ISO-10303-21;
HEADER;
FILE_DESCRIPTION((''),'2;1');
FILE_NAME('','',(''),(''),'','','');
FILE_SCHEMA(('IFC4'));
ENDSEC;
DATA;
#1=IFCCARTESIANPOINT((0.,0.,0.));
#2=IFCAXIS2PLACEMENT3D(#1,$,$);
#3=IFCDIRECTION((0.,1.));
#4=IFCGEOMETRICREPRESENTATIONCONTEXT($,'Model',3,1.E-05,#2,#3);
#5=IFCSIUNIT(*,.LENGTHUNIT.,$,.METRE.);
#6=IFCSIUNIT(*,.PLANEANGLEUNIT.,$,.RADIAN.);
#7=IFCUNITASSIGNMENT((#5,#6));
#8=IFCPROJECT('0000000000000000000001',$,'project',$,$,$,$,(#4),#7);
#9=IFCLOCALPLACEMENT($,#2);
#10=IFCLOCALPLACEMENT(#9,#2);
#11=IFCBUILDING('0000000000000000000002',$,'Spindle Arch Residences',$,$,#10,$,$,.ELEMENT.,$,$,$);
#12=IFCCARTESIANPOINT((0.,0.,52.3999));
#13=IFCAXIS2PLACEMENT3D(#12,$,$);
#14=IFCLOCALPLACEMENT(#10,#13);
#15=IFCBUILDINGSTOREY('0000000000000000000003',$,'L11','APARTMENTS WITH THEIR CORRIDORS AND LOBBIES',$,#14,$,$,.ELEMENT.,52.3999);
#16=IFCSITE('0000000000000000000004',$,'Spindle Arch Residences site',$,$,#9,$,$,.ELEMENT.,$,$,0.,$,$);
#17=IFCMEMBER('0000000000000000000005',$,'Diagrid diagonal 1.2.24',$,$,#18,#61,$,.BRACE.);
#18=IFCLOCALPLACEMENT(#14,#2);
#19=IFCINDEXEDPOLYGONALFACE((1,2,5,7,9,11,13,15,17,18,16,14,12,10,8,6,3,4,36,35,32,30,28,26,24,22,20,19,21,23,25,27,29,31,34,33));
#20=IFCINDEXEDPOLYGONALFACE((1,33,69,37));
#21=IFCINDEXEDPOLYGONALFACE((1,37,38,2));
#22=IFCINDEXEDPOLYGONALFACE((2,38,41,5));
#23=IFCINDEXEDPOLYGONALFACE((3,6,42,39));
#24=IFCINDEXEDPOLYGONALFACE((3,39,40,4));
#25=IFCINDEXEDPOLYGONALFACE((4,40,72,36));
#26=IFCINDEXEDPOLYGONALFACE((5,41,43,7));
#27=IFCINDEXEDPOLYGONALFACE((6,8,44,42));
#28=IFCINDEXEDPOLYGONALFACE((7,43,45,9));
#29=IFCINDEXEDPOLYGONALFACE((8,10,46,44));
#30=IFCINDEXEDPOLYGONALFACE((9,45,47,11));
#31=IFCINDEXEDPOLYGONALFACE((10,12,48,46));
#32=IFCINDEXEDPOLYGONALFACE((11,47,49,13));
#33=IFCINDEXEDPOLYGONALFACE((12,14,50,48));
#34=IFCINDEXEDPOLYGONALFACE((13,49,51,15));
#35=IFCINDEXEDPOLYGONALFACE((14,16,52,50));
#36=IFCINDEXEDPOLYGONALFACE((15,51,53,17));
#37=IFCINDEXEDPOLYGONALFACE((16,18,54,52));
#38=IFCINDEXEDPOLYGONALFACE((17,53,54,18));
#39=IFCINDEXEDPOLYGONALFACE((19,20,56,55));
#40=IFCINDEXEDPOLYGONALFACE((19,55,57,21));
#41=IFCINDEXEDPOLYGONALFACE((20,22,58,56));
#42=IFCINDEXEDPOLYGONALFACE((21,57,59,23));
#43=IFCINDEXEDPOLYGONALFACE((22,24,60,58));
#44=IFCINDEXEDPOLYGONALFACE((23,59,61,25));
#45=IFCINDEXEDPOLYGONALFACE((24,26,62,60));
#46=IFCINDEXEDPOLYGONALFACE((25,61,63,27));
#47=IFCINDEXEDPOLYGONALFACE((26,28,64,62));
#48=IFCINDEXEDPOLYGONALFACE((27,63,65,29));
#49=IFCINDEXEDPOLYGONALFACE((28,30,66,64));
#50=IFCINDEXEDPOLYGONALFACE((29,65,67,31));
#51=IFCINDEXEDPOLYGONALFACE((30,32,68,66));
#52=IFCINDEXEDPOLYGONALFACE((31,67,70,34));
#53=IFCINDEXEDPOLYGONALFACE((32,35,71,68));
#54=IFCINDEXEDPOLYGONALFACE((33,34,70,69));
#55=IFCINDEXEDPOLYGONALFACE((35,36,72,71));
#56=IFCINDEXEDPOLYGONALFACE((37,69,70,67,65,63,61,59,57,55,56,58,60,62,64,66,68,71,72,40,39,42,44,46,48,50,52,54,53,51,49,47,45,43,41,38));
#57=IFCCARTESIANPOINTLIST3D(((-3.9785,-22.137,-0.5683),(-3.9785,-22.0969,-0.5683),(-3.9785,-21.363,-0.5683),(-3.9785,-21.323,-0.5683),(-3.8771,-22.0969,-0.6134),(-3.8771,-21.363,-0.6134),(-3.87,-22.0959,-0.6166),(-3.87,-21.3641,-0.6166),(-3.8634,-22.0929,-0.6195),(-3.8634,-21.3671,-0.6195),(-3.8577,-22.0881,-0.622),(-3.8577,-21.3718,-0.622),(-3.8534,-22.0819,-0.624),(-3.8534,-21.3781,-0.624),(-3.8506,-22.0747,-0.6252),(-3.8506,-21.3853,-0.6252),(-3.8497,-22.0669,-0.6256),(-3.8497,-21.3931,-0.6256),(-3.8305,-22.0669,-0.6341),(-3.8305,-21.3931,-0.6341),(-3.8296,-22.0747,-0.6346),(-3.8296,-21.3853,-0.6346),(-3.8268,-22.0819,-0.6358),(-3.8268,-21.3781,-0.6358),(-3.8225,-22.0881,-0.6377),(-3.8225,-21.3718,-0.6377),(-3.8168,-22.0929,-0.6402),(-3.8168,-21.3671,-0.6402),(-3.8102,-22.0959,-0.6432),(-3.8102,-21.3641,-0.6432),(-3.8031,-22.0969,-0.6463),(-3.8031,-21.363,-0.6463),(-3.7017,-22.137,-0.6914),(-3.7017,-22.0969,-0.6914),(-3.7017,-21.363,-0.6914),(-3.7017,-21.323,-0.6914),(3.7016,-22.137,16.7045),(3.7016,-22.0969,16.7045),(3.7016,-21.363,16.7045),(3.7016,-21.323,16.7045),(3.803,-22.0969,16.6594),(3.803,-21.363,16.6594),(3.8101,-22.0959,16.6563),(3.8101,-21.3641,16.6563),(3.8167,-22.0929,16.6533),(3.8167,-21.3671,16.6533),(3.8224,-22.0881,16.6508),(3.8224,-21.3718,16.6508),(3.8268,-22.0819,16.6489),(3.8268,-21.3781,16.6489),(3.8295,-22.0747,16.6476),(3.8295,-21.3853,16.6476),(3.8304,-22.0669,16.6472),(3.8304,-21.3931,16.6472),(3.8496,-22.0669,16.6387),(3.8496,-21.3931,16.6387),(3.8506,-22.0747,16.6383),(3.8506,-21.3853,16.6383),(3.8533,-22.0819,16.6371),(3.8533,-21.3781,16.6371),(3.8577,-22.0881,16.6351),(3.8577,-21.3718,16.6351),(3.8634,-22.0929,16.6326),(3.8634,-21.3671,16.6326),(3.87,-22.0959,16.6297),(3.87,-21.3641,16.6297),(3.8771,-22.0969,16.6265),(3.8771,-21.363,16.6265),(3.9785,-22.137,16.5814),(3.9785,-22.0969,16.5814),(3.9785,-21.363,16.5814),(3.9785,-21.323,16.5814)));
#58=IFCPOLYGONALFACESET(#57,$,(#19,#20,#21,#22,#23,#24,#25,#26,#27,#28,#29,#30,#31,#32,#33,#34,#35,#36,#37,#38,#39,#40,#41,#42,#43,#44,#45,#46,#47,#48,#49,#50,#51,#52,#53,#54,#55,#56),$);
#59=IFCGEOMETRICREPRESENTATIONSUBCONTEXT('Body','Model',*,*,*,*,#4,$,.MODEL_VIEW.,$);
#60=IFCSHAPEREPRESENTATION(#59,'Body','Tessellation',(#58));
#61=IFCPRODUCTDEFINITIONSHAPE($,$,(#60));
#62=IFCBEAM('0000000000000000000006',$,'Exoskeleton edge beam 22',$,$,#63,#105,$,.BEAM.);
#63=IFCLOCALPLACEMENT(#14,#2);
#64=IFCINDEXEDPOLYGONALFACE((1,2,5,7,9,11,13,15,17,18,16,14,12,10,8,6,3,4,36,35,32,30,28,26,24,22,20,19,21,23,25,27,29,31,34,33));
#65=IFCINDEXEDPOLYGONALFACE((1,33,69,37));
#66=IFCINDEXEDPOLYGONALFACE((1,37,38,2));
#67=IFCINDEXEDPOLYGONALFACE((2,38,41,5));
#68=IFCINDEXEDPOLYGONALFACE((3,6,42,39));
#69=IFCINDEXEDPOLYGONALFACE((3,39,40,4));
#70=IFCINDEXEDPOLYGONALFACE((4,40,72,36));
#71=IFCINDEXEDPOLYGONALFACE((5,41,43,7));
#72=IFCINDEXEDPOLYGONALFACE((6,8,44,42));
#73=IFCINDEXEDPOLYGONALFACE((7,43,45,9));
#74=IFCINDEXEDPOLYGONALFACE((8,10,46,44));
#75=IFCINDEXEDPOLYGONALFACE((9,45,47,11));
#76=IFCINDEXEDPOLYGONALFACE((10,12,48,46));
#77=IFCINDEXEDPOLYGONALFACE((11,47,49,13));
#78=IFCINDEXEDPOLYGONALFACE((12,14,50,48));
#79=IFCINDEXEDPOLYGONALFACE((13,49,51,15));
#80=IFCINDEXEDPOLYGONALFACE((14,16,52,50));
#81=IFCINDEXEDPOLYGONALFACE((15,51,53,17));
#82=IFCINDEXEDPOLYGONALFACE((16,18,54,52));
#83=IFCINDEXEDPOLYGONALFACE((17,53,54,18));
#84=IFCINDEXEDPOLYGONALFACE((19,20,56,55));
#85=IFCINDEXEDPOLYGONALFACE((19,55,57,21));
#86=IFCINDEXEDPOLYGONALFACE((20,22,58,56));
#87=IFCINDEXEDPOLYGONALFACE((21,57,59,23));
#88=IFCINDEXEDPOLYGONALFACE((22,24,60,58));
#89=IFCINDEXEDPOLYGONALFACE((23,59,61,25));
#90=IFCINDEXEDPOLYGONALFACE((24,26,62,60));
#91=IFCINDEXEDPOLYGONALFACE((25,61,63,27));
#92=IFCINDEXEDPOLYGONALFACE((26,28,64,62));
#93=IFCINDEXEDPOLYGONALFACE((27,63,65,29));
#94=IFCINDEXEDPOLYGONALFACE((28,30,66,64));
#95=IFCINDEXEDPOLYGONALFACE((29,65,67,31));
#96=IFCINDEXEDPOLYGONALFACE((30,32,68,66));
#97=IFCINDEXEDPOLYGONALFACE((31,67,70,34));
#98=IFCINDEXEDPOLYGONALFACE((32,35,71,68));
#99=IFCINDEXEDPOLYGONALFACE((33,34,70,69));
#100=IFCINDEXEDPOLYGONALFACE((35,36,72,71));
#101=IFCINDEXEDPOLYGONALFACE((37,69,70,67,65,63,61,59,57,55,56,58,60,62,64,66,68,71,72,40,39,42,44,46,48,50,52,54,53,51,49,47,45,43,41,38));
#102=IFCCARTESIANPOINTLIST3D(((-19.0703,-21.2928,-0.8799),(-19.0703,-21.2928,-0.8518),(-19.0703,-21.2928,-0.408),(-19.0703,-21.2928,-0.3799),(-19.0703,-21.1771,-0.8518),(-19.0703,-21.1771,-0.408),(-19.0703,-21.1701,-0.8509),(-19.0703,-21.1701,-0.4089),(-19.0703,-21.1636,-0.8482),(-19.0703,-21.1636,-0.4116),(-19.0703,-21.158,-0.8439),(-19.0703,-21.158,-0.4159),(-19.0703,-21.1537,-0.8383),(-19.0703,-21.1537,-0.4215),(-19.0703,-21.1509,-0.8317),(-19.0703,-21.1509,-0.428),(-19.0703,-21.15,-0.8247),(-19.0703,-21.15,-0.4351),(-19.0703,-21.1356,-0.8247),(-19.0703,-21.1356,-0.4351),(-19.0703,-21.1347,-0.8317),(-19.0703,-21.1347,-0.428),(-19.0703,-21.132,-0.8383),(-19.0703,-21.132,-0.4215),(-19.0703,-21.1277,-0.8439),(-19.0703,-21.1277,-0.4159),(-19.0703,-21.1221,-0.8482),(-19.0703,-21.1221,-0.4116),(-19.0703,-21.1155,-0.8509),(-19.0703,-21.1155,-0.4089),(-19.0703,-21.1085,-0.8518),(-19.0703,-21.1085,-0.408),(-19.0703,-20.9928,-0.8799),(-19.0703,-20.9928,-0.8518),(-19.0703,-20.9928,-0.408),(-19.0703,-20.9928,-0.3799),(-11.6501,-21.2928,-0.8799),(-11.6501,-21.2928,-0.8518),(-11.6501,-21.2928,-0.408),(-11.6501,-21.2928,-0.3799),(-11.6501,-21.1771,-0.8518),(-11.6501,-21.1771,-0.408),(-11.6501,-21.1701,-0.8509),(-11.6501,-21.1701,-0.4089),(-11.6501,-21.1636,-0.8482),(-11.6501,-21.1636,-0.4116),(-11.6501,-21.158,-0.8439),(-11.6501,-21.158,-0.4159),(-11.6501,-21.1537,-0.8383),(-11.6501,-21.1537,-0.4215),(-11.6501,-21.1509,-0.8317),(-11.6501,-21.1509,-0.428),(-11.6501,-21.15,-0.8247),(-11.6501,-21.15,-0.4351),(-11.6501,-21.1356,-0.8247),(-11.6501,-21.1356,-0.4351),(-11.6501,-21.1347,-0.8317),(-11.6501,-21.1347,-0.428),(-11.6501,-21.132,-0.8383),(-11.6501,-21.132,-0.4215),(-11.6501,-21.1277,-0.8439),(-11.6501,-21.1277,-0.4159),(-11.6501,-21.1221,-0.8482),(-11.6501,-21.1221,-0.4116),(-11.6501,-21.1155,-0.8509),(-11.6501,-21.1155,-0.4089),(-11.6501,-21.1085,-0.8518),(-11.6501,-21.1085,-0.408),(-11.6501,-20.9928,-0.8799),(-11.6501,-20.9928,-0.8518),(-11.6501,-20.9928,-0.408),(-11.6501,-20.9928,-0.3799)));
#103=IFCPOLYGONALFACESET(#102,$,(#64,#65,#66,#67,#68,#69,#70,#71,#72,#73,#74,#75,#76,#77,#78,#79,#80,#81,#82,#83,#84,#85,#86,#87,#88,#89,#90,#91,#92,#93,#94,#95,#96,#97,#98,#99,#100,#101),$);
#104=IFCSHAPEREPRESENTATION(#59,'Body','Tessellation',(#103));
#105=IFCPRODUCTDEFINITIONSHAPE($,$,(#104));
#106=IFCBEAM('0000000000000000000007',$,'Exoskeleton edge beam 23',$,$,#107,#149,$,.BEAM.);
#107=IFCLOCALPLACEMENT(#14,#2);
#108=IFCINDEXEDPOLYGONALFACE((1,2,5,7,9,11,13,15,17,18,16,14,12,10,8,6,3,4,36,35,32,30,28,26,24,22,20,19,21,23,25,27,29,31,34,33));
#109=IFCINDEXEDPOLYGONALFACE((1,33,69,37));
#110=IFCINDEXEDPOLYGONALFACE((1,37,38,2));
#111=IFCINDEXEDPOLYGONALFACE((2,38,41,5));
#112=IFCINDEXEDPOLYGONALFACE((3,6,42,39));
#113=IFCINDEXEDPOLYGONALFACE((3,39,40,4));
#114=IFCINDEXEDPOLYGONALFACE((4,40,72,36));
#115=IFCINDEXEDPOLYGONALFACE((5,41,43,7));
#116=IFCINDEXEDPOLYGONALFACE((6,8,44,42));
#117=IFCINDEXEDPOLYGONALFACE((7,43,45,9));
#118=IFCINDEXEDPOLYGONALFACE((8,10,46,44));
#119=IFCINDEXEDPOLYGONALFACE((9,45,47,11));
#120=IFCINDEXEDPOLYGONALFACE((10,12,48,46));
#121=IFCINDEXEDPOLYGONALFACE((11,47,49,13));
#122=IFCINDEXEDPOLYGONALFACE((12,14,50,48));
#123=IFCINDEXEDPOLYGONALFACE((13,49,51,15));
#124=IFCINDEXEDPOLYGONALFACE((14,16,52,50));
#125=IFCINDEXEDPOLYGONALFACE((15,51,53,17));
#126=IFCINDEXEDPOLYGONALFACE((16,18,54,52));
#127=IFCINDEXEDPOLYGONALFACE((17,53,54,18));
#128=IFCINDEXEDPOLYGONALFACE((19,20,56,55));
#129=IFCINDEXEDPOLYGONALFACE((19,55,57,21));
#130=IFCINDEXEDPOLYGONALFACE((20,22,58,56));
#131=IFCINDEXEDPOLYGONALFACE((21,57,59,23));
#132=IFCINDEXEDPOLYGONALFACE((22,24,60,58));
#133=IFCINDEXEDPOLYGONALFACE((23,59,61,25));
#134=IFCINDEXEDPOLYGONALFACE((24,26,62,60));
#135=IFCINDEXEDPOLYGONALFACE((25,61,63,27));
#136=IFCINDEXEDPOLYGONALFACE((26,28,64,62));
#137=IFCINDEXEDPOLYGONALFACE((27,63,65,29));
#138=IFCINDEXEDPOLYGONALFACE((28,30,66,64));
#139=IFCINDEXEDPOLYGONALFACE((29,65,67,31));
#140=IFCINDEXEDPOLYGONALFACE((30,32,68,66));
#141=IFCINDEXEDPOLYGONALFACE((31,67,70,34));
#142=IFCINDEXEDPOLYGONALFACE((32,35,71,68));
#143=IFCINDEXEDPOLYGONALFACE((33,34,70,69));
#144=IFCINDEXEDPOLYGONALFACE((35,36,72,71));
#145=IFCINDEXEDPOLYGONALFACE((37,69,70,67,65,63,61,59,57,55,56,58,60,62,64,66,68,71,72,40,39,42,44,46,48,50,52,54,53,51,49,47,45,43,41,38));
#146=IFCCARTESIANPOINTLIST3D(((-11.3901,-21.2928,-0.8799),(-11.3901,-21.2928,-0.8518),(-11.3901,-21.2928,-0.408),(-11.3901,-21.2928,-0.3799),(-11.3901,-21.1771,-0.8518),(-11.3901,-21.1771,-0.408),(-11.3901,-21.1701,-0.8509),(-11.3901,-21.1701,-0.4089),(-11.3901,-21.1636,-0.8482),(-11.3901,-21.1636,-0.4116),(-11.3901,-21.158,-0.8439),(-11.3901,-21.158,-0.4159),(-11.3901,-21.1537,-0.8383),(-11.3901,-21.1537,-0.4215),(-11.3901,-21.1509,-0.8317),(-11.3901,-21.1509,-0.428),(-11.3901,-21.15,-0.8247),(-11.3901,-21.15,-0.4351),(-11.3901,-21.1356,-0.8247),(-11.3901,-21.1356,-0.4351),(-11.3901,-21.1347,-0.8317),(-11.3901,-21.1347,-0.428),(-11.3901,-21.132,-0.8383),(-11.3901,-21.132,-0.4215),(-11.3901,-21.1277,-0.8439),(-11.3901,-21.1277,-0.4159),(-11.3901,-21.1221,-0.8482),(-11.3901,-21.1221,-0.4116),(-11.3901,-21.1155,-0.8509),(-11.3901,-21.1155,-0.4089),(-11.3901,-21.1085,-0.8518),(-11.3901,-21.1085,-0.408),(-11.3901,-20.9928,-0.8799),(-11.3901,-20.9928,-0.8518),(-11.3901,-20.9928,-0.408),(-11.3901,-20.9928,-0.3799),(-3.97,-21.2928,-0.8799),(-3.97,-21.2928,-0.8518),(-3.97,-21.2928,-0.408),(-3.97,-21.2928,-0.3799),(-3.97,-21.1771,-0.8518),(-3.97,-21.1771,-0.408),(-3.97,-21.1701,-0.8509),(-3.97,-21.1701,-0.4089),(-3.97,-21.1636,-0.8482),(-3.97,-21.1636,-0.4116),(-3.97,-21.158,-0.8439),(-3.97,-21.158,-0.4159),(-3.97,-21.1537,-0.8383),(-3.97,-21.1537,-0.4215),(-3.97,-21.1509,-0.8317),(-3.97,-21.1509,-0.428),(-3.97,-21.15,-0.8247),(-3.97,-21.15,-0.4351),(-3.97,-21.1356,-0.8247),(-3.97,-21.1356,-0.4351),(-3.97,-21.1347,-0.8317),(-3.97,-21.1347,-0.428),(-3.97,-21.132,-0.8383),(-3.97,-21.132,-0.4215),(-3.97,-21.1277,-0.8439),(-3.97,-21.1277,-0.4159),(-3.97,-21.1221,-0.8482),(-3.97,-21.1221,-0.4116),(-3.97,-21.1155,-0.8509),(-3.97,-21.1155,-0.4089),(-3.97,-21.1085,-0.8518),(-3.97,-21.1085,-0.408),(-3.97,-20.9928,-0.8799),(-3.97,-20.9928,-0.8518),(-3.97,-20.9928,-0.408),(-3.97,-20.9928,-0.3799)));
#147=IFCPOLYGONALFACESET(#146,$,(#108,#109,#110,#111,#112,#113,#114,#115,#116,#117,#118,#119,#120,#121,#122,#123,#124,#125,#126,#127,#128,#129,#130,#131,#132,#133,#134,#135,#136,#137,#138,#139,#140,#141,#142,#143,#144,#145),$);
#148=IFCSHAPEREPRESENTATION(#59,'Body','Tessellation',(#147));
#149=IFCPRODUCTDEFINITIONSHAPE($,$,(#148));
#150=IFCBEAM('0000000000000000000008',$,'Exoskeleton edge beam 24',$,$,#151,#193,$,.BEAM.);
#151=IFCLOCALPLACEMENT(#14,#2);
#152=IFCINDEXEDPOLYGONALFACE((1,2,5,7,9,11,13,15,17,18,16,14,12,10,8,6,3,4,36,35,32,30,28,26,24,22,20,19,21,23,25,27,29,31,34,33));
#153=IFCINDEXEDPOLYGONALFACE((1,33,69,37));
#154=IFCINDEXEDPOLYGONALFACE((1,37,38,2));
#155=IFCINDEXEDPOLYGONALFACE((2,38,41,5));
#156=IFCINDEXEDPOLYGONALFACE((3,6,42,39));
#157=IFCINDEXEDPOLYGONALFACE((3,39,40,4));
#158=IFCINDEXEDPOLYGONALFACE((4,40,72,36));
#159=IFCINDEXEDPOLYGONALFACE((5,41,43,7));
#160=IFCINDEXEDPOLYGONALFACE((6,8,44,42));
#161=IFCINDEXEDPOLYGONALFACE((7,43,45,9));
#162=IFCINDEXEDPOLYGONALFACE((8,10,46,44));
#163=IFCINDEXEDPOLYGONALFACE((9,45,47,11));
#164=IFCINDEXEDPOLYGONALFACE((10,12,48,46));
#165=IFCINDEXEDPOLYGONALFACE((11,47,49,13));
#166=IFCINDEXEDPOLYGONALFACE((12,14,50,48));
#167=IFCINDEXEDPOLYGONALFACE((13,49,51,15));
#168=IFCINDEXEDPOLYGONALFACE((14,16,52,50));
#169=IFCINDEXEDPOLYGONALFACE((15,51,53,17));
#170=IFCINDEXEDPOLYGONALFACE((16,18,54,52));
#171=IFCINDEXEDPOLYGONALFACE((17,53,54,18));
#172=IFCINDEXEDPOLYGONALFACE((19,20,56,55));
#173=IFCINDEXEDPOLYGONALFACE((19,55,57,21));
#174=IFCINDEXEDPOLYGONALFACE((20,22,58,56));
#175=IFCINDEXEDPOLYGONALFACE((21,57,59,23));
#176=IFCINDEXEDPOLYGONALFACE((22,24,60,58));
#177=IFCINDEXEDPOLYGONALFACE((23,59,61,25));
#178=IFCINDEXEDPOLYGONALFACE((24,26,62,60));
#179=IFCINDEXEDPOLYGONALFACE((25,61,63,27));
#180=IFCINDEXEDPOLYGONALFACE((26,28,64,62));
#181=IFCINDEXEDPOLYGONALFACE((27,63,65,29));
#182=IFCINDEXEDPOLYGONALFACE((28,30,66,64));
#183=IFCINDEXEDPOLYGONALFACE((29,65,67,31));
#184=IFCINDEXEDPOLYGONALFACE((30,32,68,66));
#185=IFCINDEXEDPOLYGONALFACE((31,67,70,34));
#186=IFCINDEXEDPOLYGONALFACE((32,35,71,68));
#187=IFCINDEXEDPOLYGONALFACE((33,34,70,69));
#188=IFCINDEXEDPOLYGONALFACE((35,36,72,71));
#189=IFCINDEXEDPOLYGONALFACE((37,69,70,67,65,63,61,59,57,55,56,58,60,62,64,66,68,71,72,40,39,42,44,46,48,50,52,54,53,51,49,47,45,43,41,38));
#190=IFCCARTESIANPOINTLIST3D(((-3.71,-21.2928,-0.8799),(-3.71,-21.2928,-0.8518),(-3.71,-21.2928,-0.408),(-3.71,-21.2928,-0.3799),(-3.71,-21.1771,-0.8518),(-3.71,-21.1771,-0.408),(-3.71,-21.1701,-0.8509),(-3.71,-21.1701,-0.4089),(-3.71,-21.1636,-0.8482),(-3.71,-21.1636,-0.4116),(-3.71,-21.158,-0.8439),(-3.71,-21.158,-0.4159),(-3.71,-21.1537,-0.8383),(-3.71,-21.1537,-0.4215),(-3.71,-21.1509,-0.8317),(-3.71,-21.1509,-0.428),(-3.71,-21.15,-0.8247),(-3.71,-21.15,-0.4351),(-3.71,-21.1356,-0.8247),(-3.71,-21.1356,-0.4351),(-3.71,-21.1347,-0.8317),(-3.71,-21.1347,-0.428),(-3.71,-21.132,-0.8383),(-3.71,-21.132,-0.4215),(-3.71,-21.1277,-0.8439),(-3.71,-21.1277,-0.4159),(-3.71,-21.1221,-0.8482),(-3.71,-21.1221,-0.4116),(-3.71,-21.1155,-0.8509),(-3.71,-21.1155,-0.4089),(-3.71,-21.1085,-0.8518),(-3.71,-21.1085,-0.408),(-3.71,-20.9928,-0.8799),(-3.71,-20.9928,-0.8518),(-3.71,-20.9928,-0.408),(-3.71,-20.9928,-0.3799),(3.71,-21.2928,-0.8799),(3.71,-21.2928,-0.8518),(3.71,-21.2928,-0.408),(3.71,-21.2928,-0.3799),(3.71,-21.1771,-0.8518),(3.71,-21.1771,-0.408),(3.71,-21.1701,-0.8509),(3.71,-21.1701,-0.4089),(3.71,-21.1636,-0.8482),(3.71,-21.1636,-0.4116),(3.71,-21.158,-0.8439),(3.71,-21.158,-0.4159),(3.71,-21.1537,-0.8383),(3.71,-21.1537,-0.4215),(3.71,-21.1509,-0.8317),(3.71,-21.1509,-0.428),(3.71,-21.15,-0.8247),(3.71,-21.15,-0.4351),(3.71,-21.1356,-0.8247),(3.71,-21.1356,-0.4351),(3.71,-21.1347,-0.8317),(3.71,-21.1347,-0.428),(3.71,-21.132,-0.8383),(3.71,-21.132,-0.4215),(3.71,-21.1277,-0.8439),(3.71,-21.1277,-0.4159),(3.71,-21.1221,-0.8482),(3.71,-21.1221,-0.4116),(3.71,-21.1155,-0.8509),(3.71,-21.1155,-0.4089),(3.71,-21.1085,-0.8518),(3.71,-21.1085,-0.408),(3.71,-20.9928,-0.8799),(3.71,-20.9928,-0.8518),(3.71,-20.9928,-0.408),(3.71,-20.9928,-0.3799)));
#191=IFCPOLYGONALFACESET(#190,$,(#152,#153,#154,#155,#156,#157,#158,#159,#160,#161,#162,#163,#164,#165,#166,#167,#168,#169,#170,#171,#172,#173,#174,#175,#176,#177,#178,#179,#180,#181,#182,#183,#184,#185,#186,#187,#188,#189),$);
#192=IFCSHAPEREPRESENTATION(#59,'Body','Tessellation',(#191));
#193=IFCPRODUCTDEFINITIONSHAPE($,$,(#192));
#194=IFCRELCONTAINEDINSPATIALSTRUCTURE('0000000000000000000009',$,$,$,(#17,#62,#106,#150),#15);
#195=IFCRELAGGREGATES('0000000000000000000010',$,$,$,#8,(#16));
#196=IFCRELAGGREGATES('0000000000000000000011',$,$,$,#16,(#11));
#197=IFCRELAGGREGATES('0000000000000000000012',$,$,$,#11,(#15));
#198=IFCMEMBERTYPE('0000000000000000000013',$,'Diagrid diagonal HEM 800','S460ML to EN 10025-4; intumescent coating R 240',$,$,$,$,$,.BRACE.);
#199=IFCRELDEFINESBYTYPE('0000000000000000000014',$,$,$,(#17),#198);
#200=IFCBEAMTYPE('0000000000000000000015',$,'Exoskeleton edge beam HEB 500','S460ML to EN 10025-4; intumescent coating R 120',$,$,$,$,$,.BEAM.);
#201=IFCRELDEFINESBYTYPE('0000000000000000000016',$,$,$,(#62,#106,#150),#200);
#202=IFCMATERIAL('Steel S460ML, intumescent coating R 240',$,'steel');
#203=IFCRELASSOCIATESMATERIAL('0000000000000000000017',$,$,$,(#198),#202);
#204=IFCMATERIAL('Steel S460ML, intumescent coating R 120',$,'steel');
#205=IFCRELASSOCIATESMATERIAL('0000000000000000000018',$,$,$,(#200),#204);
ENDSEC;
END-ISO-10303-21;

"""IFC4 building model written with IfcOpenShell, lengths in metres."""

from ifc_helpers import new_model, si_unit, direction, frame, origin, origin_2d, place, context, subcontext, project, spatial, i_section, extrude, material, material_profile, profile_set, type_object, element, save


model = new_model("IFC4")

# Units and contexts
model_context = context("Model", 3, precision=1e-05, world=origin(), true_north=direction((0.0, 1.0)))
body_context = subcontext(model_context, "Body", "Model", "MODEL_VIEW")
ifc_project = project(units=[si_unit("LENGTHUNIT", "METRE"), si_unit("PLANEANGLEUNIT", "RADIAN")], contexts=[model_context])

# Site, building, storey
site_placement = place(None, origin())
site = spatial("IfcSite", under=ifc_project, at=site_placement, Name="Spindle Arch Residences site", CompositionType="ELEMENT", RefElevation=0.0)
building_placement = place(site_placement, origin())
building = spatial("IfcBuilding", under=site, at=building_placement, Name="Spindle Arch Residences", CompositionType="ELEMENT")
storey_placement = place(building_placement, frame((0.0, 0.0, 52.3999)))
storey = spatial("IfcBuildingStorey", under=building, at=storey_placement, Name="L11", Description="APARTMENTS WITH THEIR CORRIDORS AND LOBBIES", CompositionType="ELEMENT", Elevation=52.3999)

# Member
ifc_material_1 = material(Name="Steel S460ML, intumescent coating R 240", Category="steel")
ifc_material_profile_1 = material_profile(ifc_material_1, i_section(OverallWidth=0.303, OverallDepth=0.814, WebThickness=0.021, FlangeThickness=0.04, FilletRadius=0.03, at=origin_2d()), Name="HEM 800")
ifc_profile_set_1 = profile_set([ifc_material_profile_1], Name="Steel S460ML, intumescent coating R 240")
member_type_1 = type_object("IfcMemberType", Name="Diagrid diagonal HEM 800", Description="S460ML to EN 10025-4; intumescent coating R 240", PredefinedType="BRACE", material=ifc_profile_set_1)
for number, where, z_axis, x_axis, name in (
    (1, (-3.8401, -21.73, -0.6299), (0.406285, 0.0, 0.913747), (-0.913747, 0.0, 0.406285), "Diagrid diagonal 1.2.24"),
):
    element("IfcMember", number, at=place(storey_placement, frame(where, z_axis=z_axis, x_axis=x_axis)), inside=storey, type_object=member_type_1, Name=name, PredefinedType="BRACE", context=body_context, shape_type="SweptSolid", body=[
        extrude(i_section(OverallWidth=0.303, OverallDepth=0.814, WebThickness=0.021, FlangeThickness=0.04, FilletRadius=0.03, at=origin_2d()), origin(), (0.0, 0.0, 1.0), 18.9033),
    ])

# Beams
ifc_material_2 = material(Name="Steel S460ML, intumescent coating R 120", Category="steel")
ifc_material_profile_2 = material_profile(ifc_material_2, i_section(OverallWidth=0.3, OverallDepth=0.5, WebThickness=0.0144, FlangeThickness=0.0281, FilletRadius=0.0271, at=origin_2d()), Name="HEB 500")
ifc_profile_set_2 = profile_set([ifc_material_profile_2], Name="Steel S460ML, intumescent coating R 120")
beam_type_1 = type_object("IfcBeamType", Name="Exoskeleton edge beam HEB 500", Description="S460ML to EN 10025-4; intumescent coating R 120", PredefinedType="BEAM", material=ifc_profile_set_2)
for number, where, z_axis, x_axis, name in (
    (2, (-19.0703, -21.1428, -0.6299), (1.0, 0.0, 0.0), (0.0, 1.0, 0.0), "Exoskeleton edge beam 22"),
    (3, (-11.3901, -21.1428, -0.6299), (1.0, 0.0, 0.0), (0.0, 1.0, 0.0), "Exoskeleton edge beam 23"),
):
    element("IfcBeam", number, at=place(storey_placement, frame(where, z_axis=z_axis, x_axis=x_axis)), inside=storey, type_object=beam_type_1, Name=name, PredefinedType="BEAM", context=body_context, shape_type="SweptSolid", body=[
        extrude(i_section(OverallWidth=0.3, OverallDepth=0.5, WebThickness=0.0144, FlangeThickness=0.0281, FilletRadius=0.0271, at=origin_2d()), origin(), (0.0, 0.0, 1.0), 7.4202),
    ])
beam_placement = place(storey_placement, frame((-3.71, -21.1428, -0.6299), z_axis=(1.0, 0.0, 0.0), x_axis=(0.0, 1.0, 0.0)))
element("IfcBeam", 4, at=beam_placement, inside=storey, type_object=beam_type_1, Name="Exoskeleton edge beam 24", PredefinedType="BEAM", context=body_context, shape_type="SweptSolid", body=[
    extrude(i_section(OverallWidth=0.3, OverallDepth=0.5, WebThickness=0.0144, FlangeThickness=0.0281, FilletRadius=0.0271, at=origin_2d()), origin(), (0.0, 0.0, 1.0), 7.4199),
])

save(model, "model.ifc")
